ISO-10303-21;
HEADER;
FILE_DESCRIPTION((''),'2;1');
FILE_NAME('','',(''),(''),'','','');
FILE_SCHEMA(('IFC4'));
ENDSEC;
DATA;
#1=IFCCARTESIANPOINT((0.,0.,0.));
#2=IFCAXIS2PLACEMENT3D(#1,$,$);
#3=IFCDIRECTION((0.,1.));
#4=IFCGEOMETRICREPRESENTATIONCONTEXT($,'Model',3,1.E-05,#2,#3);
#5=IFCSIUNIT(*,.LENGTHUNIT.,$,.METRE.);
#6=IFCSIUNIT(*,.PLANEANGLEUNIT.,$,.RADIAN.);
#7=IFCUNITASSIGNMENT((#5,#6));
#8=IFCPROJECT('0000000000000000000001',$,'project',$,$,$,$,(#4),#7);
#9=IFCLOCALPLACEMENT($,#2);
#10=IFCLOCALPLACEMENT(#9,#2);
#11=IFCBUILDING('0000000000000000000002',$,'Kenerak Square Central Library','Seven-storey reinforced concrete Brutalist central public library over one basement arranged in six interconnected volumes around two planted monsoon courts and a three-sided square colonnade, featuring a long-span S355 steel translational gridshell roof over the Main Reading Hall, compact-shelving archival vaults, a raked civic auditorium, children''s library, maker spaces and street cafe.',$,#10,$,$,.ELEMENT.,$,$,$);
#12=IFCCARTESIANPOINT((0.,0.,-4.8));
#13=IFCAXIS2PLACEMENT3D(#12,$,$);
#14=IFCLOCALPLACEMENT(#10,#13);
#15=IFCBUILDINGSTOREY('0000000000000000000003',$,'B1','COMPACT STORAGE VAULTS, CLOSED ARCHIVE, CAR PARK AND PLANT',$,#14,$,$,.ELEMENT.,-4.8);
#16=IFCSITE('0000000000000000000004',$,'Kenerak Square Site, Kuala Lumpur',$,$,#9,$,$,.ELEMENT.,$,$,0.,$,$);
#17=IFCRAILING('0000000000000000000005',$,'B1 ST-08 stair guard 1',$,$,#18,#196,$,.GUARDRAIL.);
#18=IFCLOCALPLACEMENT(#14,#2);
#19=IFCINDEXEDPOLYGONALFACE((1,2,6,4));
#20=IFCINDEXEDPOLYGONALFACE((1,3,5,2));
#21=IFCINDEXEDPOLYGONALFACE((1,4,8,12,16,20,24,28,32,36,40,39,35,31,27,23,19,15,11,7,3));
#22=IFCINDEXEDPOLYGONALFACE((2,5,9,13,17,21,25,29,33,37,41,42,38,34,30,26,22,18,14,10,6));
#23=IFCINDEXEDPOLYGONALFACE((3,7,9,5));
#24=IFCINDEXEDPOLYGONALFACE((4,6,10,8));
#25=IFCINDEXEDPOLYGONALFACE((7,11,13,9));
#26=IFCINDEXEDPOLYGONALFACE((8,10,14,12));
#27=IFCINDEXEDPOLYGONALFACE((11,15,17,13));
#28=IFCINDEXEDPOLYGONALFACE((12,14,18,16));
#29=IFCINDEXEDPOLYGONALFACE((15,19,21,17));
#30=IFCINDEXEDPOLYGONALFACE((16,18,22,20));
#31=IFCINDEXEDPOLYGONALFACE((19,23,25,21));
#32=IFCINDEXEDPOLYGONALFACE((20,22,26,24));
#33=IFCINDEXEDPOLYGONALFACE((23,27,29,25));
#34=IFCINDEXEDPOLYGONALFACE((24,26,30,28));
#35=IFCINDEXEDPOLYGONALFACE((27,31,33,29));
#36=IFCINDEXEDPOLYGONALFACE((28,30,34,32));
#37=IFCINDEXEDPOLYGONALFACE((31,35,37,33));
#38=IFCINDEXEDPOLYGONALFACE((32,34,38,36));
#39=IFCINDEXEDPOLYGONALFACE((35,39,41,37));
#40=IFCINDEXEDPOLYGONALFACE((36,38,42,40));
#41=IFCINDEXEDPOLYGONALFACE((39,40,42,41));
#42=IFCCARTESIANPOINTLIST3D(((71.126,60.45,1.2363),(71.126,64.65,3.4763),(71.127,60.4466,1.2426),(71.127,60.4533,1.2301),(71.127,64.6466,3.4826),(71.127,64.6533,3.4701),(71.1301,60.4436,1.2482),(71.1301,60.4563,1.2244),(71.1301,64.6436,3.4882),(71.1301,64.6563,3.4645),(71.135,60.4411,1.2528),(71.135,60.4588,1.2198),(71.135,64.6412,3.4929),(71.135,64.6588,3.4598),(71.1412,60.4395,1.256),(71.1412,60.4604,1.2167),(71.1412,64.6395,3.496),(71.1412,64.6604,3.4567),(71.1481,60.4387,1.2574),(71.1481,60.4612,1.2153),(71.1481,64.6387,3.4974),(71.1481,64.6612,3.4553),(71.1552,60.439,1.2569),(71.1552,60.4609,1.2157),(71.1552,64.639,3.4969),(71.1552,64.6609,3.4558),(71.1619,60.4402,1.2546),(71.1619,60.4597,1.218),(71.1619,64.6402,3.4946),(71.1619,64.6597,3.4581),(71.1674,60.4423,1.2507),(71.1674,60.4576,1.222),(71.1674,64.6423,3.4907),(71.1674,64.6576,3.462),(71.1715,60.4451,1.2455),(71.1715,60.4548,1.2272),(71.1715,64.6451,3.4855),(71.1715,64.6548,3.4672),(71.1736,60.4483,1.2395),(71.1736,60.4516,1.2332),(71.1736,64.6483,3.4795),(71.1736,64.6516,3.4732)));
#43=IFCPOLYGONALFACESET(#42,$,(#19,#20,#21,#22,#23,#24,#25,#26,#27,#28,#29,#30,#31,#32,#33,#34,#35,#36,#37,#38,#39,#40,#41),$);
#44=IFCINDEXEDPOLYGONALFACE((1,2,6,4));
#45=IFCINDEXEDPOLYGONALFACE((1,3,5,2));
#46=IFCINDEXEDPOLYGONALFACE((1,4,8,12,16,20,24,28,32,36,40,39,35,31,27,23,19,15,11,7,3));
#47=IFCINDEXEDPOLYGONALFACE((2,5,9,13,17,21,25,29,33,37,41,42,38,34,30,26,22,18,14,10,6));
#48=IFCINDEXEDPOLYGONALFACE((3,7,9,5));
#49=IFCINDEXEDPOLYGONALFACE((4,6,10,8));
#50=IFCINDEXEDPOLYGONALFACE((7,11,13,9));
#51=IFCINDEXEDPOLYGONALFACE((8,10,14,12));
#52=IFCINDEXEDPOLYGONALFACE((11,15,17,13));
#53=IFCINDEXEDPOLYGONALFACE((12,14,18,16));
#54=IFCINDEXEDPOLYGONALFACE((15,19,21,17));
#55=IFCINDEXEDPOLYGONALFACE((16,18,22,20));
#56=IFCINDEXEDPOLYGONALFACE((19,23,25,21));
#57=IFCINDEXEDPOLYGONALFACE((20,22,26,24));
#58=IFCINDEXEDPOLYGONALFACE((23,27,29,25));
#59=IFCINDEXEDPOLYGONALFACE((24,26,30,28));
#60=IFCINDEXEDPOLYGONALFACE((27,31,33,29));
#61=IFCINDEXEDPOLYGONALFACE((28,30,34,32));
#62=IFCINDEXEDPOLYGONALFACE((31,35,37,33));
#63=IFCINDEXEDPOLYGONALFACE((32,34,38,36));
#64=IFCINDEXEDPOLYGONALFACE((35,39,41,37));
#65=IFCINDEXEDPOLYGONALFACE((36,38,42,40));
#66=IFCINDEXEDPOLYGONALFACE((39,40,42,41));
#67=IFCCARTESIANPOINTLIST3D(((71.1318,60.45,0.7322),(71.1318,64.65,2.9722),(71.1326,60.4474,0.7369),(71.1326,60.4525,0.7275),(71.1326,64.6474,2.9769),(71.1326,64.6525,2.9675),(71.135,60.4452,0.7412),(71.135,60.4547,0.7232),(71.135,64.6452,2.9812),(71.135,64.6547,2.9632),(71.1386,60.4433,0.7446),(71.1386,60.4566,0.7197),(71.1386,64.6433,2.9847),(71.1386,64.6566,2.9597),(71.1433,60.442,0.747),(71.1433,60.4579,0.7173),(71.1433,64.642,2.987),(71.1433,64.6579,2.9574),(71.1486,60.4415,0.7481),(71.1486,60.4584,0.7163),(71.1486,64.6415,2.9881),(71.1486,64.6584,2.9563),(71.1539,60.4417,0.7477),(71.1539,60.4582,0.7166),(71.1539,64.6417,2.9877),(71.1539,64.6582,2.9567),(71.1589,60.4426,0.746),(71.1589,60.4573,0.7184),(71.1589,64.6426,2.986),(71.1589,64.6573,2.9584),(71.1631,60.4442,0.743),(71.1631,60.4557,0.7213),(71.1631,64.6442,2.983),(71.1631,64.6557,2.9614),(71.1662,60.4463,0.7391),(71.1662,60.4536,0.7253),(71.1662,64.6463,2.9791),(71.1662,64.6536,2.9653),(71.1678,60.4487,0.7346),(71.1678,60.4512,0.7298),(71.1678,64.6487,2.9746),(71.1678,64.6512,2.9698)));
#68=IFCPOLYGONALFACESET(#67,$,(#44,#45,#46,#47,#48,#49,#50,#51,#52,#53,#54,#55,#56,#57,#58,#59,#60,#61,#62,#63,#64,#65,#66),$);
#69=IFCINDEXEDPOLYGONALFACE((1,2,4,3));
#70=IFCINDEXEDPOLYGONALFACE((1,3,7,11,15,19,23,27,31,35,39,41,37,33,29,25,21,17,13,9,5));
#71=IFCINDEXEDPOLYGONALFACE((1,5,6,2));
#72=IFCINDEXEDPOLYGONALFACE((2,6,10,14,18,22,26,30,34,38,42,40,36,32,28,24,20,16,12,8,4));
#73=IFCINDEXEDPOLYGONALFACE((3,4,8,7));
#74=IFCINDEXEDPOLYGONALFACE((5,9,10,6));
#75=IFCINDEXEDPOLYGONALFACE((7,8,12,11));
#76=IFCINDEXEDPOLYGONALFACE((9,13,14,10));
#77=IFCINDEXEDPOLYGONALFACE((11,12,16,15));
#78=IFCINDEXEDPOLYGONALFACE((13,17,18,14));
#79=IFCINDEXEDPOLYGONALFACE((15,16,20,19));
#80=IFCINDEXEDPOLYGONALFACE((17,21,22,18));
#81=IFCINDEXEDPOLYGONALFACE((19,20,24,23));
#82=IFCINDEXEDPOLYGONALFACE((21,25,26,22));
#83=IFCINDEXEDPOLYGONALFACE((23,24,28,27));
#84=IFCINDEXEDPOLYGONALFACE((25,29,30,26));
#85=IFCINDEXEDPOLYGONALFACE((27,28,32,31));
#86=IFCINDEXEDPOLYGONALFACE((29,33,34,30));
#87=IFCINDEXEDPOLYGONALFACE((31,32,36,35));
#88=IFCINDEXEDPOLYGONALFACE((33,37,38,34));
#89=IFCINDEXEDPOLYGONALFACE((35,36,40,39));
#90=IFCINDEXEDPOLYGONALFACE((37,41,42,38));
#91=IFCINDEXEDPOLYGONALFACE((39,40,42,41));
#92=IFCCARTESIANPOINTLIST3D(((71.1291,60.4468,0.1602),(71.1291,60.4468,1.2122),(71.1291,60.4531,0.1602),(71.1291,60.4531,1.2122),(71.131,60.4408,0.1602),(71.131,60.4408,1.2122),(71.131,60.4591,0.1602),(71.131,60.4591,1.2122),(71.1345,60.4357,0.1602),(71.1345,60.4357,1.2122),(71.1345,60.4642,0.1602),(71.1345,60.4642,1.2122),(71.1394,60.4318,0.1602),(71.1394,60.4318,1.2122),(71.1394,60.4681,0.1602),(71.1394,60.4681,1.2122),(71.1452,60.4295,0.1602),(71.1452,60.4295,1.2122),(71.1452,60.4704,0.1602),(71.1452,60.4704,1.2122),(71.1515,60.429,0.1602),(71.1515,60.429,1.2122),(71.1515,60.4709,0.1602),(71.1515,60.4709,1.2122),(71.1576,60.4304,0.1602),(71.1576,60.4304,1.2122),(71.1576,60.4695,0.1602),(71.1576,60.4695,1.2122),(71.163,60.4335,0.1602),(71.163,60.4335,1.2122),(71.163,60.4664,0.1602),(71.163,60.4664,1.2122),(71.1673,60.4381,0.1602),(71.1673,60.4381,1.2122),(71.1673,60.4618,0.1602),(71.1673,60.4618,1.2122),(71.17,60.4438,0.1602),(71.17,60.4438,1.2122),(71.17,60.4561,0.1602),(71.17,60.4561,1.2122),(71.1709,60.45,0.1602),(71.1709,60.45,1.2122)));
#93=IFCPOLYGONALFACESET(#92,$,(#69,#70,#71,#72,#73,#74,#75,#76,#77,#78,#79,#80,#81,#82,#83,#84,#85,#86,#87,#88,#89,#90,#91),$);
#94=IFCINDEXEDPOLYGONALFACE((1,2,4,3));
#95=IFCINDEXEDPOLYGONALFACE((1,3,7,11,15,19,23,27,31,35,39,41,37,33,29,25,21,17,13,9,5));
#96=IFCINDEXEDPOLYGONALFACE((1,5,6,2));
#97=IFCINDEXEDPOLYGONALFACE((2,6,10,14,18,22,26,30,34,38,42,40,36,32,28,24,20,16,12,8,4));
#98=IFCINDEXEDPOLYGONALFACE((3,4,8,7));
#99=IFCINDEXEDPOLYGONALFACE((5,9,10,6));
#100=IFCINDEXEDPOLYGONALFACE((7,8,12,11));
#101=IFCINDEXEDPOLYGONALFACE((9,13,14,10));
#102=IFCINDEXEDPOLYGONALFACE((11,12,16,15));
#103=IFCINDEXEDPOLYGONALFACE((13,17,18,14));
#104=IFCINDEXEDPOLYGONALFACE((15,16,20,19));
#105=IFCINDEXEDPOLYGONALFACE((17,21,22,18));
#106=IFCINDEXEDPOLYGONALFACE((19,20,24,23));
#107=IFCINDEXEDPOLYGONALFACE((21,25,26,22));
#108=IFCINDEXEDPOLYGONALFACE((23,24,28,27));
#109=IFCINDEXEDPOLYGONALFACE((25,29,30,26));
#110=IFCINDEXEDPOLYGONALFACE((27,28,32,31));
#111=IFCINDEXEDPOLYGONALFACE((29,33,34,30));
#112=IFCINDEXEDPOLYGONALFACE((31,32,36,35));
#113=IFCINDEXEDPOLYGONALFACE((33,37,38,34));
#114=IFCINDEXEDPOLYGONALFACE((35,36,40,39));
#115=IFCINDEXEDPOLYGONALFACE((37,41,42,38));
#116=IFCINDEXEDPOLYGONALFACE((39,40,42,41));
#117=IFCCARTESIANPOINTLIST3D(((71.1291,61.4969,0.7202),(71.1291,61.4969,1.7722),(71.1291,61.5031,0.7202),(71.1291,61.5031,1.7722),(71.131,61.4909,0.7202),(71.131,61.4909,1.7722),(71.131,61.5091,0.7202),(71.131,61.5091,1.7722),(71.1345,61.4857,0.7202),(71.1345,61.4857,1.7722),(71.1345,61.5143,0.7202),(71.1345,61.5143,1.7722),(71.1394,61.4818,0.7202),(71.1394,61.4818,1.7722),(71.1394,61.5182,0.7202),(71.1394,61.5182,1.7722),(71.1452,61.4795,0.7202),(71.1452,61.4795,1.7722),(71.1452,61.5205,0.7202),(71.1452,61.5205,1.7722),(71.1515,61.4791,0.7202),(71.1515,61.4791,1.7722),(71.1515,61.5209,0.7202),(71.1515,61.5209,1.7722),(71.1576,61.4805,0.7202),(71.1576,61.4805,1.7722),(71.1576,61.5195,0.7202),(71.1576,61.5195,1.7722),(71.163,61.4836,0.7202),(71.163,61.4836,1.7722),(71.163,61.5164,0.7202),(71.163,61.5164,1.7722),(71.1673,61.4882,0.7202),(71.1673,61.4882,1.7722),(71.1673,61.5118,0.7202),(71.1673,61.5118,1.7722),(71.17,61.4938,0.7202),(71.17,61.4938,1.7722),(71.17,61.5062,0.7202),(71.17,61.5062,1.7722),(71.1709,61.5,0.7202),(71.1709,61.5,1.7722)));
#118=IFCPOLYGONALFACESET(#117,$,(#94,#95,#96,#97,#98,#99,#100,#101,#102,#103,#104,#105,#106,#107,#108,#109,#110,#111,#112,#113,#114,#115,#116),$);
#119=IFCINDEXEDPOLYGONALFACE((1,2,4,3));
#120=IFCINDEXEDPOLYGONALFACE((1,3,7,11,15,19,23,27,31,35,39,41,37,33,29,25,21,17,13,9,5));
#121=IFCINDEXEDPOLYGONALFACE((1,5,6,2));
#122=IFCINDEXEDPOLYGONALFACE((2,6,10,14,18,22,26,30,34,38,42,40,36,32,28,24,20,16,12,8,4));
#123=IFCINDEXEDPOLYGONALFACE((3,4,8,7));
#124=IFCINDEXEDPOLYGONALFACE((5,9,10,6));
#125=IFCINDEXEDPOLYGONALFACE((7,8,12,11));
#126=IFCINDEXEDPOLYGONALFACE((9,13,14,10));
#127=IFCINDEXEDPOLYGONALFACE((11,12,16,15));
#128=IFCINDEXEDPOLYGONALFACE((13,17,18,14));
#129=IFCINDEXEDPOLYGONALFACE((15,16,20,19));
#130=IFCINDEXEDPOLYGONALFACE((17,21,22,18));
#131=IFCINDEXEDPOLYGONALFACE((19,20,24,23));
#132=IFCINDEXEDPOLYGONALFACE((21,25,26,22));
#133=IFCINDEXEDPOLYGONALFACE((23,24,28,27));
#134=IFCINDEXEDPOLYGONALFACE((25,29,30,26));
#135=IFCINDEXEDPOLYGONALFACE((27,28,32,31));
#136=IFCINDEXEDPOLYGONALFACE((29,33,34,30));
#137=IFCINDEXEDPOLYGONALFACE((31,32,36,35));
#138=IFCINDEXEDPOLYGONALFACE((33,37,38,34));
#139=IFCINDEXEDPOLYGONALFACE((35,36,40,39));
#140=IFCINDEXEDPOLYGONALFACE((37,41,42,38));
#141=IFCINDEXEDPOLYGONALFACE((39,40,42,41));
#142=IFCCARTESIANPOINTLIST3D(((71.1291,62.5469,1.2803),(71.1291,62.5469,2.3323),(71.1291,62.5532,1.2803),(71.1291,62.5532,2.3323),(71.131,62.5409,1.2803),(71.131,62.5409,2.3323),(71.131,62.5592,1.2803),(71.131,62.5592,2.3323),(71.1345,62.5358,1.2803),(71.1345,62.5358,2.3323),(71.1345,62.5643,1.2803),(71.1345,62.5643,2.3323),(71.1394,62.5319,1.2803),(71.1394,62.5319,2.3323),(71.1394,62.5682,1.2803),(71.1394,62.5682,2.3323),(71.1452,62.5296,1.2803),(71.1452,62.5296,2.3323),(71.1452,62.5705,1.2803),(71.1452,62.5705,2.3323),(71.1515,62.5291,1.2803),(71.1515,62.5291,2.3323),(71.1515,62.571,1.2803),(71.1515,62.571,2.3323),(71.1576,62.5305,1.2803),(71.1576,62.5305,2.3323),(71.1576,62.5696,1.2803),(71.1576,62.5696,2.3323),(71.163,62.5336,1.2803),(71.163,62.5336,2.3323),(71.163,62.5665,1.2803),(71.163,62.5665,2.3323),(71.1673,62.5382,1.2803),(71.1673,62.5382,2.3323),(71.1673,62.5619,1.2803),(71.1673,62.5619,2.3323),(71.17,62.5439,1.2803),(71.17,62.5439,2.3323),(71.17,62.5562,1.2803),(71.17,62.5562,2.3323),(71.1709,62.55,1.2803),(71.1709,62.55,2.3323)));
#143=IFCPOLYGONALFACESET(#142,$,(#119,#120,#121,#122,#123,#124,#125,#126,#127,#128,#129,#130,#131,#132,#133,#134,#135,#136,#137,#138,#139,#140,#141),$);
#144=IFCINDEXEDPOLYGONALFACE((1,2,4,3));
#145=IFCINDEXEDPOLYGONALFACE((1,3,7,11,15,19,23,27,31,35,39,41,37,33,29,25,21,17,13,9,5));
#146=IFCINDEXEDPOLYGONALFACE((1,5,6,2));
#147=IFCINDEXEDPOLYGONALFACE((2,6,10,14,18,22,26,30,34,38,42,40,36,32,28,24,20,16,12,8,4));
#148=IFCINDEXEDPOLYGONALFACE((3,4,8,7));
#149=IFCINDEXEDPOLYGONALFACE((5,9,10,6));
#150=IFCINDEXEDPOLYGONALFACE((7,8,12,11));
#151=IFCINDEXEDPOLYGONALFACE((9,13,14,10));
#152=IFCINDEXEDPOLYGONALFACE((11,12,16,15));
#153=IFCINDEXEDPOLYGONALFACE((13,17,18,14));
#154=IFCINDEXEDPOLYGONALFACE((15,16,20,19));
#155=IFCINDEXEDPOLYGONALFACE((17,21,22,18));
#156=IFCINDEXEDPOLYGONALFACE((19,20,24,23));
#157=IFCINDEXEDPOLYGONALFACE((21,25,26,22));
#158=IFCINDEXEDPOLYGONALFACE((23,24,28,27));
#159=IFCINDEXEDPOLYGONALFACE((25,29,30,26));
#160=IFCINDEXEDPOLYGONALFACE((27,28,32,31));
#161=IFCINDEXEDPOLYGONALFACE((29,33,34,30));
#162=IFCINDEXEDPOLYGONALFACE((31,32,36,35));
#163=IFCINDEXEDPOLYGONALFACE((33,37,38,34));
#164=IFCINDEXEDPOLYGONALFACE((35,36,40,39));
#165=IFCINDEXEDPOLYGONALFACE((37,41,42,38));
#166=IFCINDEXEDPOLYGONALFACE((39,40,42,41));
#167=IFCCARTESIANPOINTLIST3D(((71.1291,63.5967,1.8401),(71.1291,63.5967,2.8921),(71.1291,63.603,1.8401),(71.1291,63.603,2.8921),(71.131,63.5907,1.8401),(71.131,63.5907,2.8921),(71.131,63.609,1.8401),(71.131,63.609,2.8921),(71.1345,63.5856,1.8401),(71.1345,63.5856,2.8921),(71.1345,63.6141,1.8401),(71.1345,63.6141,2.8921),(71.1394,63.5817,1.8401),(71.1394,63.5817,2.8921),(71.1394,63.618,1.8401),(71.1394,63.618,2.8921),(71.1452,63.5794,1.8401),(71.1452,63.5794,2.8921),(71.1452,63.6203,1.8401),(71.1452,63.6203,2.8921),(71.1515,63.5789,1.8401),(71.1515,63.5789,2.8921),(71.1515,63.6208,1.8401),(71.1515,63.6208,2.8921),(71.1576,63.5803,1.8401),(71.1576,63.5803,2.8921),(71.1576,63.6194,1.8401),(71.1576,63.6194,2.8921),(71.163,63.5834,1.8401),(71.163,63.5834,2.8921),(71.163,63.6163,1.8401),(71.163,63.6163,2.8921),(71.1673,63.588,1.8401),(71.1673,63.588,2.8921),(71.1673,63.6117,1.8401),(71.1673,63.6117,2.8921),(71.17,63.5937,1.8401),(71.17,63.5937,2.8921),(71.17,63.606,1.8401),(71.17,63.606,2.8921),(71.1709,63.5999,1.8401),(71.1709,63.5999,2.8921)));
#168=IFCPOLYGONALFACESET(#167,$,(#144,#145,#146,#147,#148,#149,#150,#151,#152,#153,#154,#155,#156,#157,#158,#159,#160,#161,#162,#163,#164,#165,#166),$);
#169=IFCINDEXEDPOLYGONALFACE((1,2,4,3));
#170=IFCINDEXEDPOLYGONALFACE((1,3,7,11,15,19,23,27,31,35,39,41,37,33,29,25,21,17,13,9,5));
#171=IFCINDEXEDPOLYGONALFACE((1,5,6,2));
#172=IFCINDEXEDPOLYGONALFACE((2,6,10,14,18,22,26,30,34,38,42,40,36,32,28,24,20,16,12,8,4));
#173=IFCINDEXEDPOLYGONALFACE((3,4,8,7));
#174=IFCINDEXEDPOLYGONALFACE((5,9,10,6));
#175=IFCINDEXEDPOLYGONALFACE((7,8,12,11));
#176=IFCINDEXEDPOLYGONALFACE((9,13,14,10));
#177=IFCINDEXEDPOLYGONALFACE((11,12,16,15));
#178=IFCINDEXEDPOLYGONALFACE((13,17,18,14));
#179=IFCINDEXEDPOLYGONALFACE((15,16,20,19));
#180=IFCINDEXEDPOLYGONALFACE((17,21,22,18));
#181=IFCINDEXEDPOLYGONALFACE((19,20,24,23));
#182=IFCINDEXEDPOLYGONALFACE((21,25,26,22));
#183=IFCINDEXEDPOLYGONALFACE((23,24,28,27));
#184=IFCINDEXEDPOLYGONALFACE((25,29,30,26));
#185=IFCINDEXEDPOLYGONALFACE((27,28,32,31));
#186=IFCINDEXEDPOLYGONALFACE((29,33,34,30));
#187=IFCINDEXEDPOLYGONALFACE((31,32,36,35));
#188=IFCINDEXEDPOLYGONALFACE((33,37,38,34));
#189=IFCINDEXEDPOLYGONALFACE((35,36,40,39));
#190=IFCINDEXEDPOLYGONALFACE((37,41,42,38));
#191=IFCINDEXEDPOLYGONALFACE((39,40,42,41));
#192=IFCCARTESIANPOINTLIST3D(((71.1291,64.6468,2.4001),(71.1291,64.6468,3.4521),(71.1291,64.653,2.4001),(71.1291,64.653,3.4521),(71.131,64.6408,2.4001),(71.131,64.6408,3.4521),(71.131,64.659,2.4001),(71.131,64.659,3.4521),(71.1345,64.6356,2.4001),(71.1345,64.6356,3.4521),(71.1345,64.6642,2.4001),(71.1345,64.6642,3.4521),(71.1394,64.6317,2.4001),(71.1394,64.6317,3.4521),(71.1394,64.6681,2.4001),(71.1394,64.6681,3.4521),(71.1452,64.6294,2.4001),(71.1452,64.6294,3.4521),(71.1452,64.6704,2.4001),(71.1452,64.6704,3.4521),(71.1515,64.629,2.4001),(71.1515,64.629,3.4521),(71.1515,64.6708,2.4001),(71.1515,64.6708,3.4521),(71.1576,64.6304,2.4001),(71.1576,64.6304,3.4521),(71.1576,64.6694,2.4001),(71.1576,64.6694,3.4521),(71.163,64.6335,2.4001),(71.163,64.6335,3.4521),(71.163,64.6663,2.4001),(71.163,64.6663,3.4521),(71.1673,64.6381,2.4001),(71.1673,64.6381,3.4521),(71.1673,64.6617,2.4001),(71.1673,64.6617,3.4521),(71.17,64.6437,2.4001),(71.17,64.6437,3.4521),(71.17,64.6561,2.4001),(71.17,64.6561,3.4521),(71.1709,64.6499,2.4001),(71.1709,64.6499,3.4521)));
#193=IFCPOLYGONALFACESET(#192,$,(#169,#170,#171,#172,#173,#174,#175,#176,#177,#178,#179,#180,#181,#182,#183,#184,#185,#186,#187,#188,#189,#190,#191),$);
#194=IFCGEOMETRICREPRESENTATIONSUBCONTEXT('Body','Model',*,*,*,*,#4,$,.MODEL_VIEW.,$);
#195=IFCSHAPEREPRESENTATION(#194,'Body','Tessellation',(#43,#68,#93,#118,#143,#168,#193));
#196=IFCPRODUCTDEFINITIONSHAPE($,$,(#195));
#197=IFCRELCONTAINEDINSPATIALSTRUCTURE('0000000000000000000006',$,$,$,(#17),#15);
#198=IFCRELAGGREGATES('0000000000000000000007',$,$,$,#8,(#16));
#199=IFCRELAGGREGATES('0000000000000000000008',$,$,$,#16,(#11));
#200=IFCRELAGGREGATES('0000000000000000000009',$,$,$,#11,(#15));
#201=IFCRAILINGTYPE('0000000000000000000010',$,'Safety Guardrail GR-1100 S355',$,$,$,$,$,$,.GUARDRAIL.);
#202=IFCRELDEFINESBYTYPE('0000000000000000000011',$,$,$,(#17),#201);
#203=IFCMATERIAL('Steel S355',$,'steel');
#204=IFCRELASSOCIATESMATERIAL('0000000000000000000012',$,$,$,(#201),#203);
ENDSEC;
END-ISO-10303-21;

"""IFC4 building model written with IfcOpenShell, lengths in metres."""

from ifc_helpers import new_model, si_unit, direction, frame, origin, origin_2d, place, context, subcontext, project, spatial, circle, extrude, material, type_object, element, save


model = new_model("IFC4")

# Units and contexts
model_context = context("Model", 3, precision=1e-05, world=origin(), true_north=direction((0.0, 1.0)))
body_context = subcontext(model_context, "Body", "Model", "MODEL_VIEW")
ifc_project = project(units=[si_unit("LENGTHUNIT", "METRE"), si_unit("PLANEANGLEUNIT", "RADIAN")], contexts=[model_context])

# Site, building, storey
site_placement = place(None, origin())
site = spatial("IfcSite", under=ifc_project, at=site_placement, Name="Kenerak Square Site, Kuala Lumpur", CompositionType="ELEMENT", RefElevation=0.0)
building_placement = place(site_placement, origin())
building = spatial("IfcBuilding", under=site, at=building_placement, Name="Kenerak Square Central Library", Description="Seven-storey reinforced concrete Brutalist central public library over one basement arranged in six interconnected volumes around two planted monsoon courts and a three-sided square colonnade, featuring a long-span S355 steel translational gridshell roof over the Main Reading Hall, compact-shelving archival vaults, a raked civic auditorium, children's library, maker spaces and street cafe.", CompositionType="ELEMENT")
storey_placement = place(building_placement, frame((0.0, 0.0, -4.8)))
storey = spatial("IfcBuildingStorey", under=building, at=storey_placement, Name="B1", Description="COMPACT STORAGE VAULTS, CLOSED ARCHIVE, CAR PARK AND PLANT", CompositionType="ELEMENT", Elevation=-4.8)

# Shared definitions
ifc_material_1 = material(Name="Steel S355", Category="steel")

# Railing
railing_type_1 = type_object("IfcRailingType", Name="Safety Guardrail GR-1100 S355", PredefinedType="GUARDRAIL", material=ifc_material_1)
railing_1_placement = place(storey_placement, frame((71.1499, 60.45, 0.1602)))
element("IfcRailing", 1, at=railing_1_placement, inside=storey, type_object=railing_type_1, Name="B1 ST-08 stair guard 1", PredefinedType="GUARDRAIL", context=body_context, shape_type="SweptSolid", body=[
    extrude(circle(Radius=0.0239, at=origin_2d()), frame((0.0, 0.0, 1.0762), z_axis=(0.0, 0.882352, 0.470591), x_axis=(-1.0, 0.0, 0.0)), (0.0, 0.0, 1.0), 4.76),
    extrude(circle(Radius=0.0181, at=origin_2d()), frame((0.0, 0.0, 0.572), z_axis=(0.0, 0.882352, 0.470591), x_axis=(-1.0, 0.0, 0.0)), (0.0, 0.0, 1.0), 4.76),
    extrude(circle(Radius=0.021, at=origin_2d()), origin(), (0.0, 0.0, 1.0), 1.052),
    extrude(circle(Radius=0.021, at=origin_2d()), frame((0.0, 1.05, 0.5601)), (0.0, 0.0, 1.0), 1.052),
    extrude(circle(Radius=0.021, at=origin_2d()), frame((0.0, 2.1001, 1.1201)), (0.0, 0.0, 1.0), 1.052),
    extrude(circle(Radius=0.021, at=origin_2d()), frame((0.0, 3.1499, 1.6799)), (0.0, 0.0, 1.0), 1.052),
    extrude(circle(Radius=0.021, at=origin_2d()), frame((0.0, 4.2, 2.24)), (0.0, 0.0, 1.0), 1.052),
])

save(model, "model.ifc")
